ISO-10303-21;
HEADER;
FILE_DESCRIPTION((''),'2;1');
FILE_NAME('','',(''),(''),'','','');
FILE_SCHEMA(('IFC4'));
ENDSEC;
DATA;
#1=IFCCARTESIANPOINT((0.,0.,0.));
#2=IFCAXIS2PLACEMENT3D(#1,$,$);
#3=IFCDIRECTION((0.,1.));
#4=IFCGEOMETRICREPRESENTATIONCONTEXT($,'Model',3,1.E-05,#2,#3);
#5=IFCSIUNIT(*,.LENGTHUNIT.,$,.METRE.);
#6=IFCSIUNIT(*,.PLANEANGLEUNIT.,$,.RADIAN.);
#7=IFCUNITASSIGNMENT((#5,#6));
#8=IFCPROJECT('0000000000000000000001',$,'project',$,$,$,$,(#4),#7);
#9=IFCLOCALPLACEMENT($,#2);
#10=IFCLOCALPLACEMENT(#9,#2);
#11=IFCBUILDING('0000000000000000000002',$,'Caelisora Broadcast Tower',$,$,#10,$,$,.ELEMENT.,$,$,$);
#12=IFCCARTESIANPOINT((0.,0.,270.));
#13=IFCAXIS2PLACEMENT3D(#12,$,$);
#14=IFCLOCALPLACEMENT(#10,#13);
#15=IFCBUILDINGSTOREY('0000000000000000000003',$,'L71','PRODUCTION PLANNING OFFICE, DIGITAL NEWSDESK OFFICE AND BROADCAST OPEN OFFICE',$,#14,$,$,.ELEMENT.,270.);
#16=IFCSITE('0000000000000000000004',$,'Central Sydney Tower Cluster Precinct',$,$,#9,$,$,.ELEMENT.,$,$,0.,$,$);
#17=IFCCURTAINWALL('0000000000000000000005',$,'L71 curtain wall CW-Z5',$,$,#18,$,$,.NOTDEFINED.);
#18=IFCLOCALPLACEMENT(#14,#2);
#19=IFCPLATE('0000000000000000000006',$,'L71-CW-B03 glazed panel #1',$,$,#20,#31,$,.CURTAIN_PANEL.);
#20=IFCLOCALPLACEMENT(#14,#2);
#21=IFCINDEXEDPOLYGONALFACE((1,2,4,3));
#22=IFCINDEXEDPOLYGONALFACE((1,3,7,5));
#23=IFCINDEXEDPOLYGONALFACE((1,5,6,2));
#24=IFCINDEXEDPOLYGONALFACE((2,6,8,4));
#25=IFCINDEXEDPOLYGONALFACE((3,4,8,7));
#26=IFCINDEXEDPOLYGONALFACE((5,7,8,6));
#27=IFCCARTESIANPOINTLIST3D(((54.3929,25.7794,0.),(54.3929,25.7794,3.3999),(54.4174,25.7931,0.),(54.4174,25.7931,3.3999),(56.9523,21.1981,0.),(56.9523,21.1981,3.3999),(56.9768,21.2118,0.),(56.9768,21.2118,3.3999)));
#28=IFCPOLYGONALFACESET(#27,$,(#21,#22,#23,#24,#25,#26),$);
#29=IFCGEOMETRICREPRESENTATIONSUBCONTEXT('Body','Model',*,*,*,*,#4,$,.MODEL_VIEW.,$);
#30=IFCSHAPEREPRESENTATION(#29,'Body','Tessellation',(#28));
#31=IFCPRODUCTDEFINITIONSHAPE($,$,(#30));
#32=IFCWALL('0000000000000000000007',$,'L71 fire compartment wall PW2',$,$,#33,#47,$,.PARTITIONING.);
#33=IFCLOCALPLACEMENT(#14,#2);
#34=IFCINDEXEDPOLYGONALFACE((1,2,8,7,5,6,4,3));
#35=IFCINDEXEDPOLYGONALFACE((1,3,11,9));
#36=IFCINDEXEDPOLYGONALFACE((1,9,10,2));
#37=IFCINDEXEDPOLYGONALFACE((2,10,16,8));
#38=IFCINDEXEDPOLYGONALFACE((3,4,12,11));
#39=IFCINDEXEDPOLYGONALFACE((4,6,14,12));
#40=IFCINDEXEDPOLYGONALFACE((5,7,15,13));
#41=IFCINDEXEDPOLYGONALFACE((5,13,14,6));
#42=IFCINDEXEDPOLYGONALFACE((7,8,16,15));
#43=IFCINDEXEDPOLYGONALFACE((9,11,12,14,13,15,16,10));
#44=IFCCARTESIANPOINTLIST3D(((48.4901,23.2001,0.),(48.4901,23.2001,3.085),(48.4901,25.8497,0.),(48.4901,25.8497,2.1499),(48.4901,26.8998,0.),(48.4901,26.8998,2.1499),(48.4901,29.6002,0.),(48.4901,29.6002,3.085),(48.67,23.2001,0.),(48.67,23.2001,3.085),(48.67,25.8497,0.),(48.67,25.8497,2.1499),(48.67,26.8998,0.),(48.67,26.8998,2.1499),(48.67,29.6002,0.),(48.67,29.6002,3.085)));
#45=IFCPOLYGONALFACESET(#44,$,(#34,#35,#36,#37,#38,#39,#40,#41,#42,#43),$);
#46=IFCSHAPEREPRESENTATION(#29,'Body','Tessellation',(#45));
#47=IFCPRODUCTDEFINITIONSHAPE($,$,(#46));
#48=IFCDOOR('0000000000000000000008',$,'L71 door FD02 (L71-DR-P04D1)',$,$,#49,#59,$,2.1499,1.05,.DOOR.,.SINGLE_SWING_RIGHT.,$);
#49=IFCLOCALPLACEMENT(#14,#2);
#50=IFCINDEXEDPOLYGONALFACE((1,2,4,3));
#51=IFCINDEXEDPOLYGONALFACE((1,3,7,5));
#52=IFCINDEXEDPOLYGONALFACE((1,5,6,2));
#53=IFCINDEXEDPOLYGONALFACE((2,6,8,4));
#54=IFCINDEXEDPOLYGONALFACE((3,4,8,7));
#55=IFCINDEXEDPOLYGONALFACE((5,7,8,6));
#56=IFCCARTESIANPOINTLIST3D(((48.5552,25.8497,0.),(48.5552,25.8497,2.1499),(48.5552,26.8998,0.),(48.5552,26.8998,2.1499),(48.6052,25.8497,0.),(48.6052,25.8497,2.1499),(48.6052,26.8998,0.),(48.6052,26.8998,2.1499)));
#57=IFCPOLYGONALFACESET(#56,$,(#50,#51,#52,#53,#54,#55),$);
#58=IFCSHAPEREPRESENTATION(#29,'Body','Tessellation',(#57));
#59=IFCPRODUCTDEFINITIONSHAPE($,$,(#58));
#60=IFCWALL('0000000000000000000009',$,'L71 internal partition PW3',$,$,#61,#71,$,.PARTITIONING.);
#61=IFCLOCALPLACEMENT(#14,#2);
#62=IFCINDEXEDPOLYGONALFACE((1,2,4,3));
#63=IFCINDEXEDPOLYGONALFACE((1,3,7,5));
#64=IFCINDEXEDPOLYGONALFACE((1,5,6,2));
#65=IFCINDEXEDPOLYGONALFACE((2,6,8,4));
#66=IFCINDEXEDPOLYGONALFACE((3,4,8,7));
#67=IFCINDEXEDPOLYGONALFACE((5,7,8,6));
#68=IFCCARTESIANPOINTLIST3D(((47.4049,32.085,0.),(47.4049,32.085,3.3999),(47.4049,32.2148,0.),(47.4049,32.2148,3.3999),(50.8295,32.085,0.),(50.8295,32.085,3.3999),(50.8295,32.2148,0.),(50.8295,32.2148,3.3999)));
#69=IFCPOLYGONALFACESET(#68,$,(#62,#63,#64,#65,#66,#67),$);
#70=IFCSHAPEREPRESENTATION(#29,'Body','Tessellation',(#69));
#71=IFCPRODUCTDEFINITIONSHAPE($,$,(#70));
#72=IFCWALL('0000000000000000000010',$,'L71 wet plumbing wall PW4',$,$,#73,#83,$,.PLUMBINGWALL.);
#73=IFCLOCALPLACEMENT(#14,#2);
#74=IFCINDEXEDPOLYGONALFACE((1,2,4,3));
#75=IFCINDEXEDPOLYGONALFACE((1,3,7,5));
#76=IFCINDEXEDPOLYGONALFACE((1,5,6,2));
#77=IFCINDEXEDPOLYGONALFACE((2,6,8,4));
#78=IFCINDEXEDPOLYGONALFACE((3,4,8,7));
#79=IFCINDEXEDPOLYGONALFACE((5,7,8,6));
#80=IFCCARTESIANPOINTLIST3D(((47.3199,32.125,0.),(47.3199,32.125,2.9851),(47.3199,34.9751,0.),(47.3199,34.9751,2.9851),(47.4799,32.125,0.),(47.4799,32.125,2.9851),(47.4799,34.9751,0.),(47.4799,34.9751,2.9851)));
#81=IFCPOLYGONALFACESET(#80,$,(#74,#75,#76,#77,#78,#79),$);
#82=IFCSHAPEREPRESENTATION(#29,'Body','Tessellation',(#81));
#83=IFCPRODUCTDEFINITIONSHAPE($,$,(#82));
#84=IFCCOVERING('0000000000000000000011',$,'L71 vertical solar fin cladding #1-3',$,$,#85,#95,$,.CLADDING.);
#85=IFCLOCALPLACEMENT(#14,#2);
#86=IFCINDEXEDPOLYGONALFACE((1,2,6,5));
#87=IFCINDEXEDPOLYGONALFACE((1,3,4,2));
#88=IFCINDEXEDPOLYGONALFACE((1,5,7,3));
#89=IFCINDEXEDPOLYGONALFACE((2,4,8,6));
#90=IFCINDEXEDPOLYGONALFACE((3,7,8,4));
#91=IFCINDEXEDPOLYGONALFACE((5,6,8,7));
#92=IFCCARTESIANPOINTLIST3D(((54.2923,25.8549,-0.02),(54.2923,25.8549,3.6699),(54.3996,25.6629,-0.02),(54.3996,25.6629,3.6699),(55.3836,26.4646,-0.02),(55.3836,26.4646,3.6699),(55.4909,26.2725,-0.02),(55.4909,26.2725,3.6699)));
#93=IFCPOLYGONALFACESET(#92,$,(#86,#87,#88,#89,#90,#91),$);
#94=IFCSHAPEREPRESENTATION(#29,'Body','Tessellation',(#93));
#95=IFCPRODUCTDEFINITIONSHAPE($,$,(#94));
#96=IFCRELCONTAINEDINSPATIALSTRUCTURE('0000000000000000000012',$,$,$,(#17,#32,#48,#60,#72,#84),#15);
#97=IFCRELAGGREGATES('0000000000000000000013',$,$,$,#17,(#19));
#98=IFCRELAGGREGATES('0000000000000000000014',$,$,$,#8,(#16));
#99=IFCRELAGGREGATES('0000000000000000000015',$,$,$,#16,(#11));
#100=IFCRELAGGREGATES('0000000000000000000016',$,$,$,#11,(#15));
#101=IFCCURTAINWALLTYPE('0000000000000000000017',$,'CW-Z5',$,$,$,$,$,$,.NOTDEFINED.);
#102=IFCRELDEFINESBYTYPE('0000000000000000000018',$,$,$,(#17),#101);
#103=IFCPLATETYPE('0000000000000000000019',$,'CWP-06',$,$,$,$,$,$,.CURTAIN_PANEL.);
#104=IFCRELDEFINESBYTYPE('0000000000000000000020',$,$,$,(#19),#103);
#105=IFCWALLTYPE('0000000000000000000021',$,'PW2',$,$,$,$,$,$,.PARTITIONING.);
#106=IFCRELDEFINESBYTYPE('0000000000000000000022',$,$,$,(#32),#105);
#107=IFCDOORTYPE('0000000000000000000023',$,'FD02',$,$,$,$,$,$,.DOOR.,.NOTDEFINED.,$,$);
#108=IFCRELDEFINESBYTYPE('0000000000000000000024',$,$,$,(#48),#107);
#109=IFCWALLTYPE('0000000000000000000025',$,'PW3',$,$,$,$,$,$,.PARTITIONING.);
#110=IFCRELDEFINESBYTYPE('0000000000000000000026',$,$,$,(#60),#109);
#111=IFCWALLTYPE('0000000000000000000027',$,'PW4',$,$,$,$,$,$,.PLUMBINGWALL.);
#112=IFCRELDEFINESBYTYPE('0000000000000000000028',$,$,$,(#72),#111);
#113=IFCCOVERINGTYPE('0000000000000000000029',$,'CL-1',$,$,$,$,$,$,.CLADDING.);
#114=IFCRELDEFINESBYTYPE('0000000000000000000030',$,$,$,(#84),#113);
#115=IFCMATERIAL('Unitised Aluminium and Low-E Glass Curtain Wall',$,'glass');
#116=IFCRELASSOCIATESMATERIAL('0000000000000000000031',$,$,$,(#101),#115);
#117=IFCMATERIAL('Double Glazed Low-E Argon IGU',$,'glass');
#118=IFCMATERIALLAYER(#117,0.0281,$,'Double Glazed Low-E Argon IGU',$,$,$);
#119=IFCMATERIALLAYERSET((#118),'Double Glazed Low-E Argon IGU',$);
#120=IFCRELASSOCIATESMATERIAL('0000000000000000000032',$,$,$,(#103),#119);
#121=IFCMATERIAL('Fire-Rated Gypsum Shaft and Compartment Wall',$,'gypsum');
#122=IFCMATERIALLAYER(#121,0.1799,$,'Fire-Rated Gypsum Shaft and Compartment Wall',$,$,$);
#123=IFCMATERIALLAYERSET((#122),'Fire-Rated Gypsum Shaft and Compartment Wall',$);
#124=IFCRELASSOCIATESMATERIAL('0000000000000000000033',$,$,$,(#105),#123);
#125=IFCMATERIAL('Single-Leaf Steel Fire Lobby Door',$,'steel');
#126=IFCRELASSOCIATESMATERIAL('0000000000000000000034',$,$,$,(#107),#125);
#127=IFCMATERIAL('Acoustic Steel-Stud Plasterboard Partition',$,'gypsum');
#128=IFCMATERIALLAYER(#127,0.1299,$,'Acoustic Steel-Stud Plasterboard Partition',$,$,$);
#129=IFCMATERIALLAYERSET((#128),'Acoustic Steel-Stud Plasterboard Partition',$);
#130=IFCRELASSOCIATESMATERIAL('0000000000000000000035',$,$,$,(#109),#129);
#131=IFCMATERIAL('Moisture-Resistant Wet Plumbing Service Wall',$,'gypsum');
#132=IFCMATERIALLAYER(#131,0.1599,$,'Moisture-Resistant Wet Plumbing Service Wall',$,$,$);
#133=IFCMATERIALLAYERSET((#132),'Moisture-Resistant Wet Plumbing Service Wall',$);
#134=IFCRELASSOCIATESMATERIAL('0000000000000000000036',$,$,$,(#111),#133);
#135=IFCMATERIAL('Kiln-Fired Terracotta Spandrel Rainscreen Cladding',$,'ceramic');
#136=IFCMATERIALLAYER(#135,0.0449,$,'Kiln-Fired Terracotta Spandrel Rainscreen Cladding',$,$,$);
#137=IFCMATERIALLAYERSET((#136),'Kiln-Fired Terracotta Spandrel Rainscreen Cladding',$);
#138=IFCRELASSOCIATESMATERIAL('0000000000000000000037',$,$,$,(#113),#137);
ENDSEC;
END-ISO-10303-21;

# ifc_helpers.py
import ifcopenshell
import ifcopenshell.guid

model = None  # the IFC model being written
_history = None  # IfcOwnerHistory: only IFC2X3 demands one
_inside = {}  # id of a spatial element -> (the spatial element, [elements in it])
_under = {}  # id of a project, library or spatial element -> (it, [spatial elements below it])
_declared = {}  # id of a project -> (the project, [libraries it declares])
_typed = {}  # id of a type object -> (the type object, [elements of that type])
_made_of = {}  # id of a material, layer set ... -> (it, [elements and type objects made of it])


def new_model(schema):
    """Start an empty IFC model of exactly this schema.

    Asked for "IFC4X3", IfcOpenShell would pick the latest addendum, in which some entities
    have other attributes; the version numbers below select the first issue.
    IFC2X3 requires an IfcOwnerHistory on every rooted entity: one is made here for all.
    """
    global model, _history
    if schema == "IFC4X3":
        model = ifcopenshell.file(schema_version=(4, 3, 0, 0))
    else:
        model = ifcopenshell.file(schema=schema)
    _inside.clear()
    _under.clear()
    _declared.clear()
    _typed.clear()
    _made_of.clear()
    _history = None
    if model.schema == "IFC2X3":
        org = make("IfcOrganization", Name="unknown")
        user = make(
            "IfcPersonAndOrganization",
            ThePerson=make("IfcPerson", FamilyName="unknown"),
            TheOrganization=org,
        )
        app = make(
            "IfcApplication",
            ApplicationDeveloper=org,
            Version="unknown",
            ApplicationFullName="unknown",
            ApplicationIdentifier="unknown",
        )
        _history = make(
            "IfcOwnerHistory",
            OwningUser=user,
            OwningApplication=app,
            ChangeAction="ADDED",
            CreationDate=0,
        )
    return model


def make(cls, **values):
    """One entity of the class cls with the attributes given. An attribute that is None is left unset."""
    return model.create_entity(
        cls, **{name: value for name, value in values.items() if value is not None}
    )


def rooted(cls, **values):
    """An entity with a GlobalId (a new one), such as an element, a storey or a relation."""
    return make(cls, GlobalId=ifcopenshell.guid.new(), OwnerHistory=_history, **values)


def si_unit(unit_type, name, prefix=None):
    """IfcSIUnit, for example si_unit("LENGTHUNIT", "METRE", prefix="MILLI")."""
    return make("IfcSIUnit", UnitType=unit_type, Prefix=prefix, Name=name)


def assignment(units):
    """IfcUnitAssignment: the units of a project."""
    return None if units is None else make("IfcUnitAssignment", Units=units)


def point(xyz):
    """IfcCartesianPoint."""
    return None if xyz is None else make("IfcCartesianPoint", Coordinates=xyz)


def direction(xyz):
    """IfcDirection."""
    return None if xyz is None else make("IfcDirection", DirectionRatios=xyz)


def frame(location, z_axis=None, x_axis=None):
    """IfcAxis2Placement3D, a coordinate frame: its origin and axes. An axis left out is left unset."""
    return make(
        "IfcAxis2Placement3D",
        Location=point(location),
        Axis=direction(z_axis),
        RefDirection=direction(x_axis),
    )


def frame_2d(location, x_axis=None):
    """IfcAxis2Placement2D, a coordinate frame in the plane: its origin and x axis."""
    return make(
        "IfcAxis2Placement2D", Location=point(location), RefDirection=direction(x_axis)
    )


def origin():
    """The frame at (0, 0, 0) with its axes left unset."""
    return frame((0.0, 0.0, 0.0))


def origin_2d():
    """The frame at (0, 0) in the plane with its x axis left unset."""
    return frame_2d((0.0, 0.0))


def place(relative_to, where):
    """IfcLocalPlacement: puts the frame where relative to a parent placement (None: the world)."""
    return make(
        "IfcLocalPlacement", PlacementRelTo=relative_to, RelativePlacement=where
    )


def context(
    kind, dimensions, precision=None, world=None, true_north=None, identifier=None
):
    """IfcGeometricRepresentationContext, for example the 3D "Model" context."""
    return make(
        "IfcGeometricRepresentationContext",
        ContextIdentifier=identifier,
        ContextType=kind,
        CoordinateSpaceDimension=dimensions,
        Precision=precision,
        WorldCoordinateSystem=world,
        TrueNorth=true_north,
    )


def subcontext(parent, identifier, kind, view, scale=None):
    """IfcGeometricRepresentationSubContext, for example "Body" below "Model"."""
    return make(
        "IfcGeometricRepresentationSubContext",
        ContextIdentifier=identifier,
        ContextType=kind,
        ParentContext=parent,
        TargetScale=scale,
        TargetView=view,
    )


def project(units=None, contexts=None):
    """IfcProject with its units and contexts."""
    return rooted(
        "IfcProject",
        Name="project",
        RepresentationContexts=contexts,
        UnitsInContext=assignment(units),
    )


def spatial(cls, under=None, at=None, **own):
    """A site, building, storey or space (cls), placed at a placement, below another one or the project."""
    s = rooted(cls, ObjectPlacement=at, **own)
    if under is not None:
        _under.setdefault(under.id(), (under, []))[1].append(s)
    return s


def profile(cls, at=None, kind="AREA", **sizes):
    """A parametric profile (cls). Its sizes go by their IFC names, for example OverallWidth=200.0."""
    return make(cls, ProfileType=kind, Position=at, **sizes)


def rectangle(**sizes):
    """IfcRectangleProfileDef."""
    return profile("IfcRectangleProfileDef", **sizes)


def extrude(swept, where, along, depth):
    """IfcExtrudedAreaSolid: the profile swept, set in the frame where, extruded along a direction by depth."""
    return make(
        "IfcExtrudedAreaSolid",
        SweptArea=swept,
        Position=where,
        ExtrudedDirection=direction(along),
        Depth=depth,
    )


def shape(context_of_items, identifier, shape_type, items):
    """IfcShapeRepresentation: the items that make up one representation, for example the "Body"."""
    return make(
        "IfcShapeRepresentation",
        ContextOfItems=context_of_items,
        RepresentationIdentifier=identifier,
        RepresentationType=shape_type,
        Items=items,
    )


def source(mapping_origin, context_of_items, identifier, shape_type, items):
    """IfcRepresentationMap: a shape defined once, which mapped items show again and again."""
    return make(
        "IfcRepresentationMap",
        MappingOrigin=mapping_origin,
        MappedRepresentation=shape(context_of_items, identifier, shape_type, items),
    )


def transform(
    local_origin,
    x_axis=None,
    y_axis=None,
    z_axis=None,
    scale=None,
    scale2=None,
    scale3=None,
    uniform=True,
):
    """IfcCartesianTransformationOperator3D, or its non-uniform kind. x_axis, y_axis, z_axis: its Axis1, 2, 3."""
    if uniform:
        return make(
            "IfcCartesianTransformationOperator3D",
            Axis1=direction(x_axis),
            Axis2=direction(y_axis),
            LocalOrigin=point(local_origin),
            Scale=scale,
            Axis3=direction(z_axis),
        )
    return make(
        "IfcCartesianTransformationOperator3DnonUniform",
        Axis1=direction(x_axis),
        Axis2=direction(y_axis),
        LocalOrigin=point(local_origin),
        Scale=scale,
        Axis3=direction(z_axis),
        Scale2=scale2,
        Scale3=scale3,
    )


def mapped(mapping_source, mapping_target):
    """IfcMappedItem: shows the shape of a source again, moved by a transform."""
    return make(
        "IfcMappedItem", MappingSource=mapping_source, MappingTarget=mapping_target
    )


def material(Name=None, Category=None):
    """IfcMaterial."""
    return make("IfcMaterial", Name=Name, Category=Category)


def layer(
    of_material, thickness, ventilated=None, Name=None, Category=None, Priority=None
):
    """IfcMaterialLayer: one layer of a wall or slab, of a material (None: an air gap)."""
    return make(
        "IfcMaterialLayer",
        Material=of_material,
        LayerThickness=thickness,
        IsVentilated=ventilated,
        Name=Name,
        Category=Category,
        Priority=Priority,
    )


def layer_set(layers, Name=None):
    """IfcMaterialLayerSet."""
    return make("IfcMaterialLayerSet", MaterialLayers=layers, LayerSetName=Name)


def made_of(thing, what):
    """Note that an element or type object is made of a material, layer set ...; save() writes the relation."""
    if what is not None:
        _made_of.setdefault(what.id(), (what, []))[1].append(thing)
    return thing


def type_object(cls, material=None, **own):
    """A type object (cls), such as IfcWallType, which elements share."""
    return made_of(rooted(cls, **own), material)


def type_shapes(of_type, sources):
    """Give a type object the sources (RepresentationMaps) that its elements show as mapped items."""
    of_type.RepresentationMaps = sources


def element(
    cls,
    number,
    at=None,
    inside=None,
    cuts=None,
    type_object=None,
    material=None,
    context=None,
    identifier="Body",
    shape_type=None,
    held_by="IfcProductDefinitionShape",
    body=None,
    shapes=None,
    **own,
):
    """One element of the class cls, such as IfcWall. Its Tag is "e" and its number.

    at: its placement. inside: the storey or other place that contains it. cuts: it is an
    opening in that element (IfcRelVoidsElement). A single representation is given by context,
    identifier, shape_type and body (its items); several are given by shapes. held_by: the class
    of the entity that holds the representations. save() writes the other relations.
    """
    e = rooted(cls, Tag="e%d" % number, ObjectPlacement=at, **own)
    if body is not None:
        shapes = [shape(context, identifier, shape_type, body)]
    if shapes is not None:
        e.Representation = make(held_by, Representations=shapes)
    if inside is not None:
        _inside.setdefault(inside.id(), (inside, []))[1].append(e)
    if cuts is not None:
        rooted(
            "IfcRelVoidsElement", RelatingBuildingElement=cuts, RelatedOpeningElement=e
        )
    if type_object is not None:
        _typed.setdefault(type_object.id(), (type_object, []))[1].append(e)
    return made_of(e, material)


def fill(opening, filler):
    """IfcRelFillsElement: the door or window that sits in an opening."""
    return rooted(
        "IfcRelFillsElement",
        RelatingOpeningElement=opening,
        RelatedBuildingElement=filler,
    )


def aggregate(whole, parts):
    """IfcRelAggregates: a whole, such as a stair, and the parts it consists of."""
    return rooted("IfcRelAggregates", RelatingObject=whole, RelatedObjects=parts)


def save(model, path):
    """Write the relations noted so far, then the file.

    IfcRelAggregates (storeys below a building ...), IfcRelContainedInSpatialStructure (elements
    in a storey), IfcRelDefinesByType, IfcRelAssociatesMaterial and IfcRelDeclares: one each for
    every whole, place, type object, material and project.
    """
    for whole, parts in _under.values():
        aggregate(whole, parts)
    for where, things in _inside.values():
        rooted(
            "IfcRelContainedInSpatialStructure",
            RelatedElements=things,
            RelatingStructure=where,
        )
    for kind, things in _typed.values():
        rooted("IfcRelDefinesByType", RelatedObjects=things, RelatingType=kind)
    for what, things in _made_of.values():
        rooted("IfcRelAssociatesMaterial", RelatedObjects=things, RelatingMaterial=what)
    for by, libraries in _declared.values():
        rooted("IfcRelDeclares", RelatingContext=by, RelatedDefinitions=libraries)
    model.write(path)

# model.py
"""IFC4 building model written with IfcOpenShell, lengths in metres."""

from ifc_helpers import new_model, si_unit, direction, frame, frame_2d, origin, origin_2d, place, context, subcontext, project, spatial, rectangle, extrude, source, transform, mapped, material, layer, layer_set, type_object, type_shapes, element, fill, aggregate, save


model = new_model("IFC4")

# Units and contexts
model_context = context("Model", 3, precision=1e-05, world=origin(), true_north=direction((0.0, 1.0)))
body_context = subcontext(model_context, "Body", "Model", "MODEL_VIEW")
ifc_project = project(units=[si_unit("LENGTHUNIT", "METRE"), si_unit("PLANEANGLEUNIT", "RADIAN")], contexts=[model_context])

# Site, building, storey
site_placement = place(None, origin())
site = spatial("IfcSite", under=ifc_project, at=site_placement, Name="Central Sydney Tower Cluster Precinct", CompositionType="ELEMENT", RefElevation=0.0)
building_placement = place(site_placement, origin())
building = spatial("IfcBuilding", under=site, at=building_placement, Name="Caelisora Broadcast Tower", CompositionType="ELEMENT")
storey_placement = place(building_placement, frame((0.0, 0.0, 270.0)))
storey = spatial("IfcBuildingStorey", under=building, at=storey_placement, Name="L71", Description="PRODUCTION PLANNING OFFICE, DIGITAL NEWSDESK OFFICE AND BROADCAST OPEN OFFICE", CompositionType="ELEMENT", Elevation=270.0)

# Curtain wall
ifc_material_1 = material(Name="Unitised Aluminium and Low-E Glass Curtain Wall", Category="glass")
curtain_wall_type_1 = type_object("IfcCurtainWallType", Name="CW-Z5", PredefinedType="NOTDEFINED", material=ifc_material_1)
curtain_wall_1_placement = place(storey_placement, origin())
curtain_wall_1 = element("IfcCurtainWall", 1, at=curtain_wall_1_placement, inside=storey, type_object=curtain_wall_type_1, Name="L71 curtain wall CW-Z5", PredefinedType="NOTDEFINED")

# Plate
ifc_material_2 = material(Name="Double Glazed Low-E Argon IGU", Category="glass")
ifc_layer_1 = layer(ifc_material_2, 0.0281, Name="Double Glazed Low-E Argon IGU")
ifc_layer_set_1 = layer_set([ifc_layer_1], Name="Double Glazed Low-E Argon IGU")
plate_type_1 = type_object("IfcPlateType", Name="CWP-06", PredefinedType="CURTAIN_PANEL", material=ifc_layer_set_1)
shared_shape_1 = source(origin(), body_context, "Body", "SweptSolid", [
    extrude(rectangle(XDim=5.2478, YDim=0.0281, at=origin_2d()), origin(), (0.0, 0.0, 1.0), 3.3999),
])
type_shapes(plate_type_1, [shared_shape_1])
plate_1_placement = place(storey_placement, frame((55.6848, 23.4956, 0.0), z_axis=(0.0, 0.0, 1.0), x_axis=(0.487707, -0.873007, 0.0)))
plate_1 = element("IfcPlate", 2, at=plate_1_placement, type_object=plate_type_1, Name="L71-CW-B03 glazed panel #1", PredefinedType="CURTAIN_PANEL", context=body_context, shape_type="MappedRepresentation", body=[
    mapped(shared_shape_1, transform((0.0, 0.0, 0.0), scale=1.0)),
])
aggregate(curtain_wall_1, [plate_1])

# Wall, opening, door
ifc_material_3 = material(Name="Fire-Rated Gypsum Shaft and Compartment Wall", Category="gypsum")
ifc_layer_2 = layer(ifc_material_3, 0.1799, Name="Fire-Rated Gypsum Shaft and Compartment Wall")
ifc_layer_set_2 = layer_set([ifc_layer_2], Name="Fire-Rated Gypsum Shaft and Compartment Wall")
wall_type_1 = type_object("IfcWallType", Name="PW2", PredefinedType="PARTITIONING", material=ifc_layer_set_2)
wall_1_placement = place(storey_placement, frame((48.5801, 23.2, 0.0), z_axis=(0.0, 0.0, 1.0), x_axis=(0.0, 1.0, 0.0)))
wall_1 = element("IfcWall", 3, at=wall_1_placement, inside=storey, type_object=wall_type_1, Name="L71 fire compartment wall PW2", PredefinedType="PARTITIONING", context=body_context, shape_type="SweptSolid", body=[
    extrude(rectangle(XDim=6.4001, YDim=0.1799, at=frame_2d((3.2002, 0.0))), origin(), (0.0, 0.0, 1.0), 3.085),
])
opening_placement = place(wall_1_placement, frame((2.6499, 0.0, 0.0)))
opening = element("IfcOpeningElement", 4, at=opening_placement, cuts=wall_1, PredefinedType="OPENING", context=body_context, shape_type="SweptSolid", body=[
    extrude(rectangle(XDim=1.05, YDim=2.1499, at=frame_2d((0.5249, 1.075))), frame((0.0, 0.1021, 0.0), z_axis=(0.0, -1.0, 0.0), x_axis=(1.0, 0.0, 0.0)), (0.0, 0.0, 1.0), 0.2039),
])
ifc_material_4 = material(Name="Single-Leaf Steel Fire Lobby Door", Category="steel")
door_type = type_object("IfcDoorType", Name="FD02", OperationType="NOTDEFINED", PredefinedType="DOOR", material=ifc_material_4)
door_placement = place(opening_placement, origin())
door = element("IfcDoor", 5, at=door_placement, inside=storey, type_object=door_type, Name="L71 door FD02 (L71-DR-P04D1)", OperationType="SINGLE_SWING_RIGHT", OverallHeight=2.1499, OverallWidth=1.05, PredefinedType="DOOR", context=body_context, shape_type="SweptSolid", body=[
    extrude(rectangle(XDim=1.05, YDim=2.1499, at=frame_2d((0.5249, 1.075))), frame((0.0, 0.0249, 0.0), z_axis=(0.0, -1.0, 0.0), x_axis=(1.0, 0.0, 0.0)), (0.0, 0.0, 1.0), 0.05),
])
fill(opening, door)

# Walls
ifc_material_5 = material(Name="Acoustic Steel-Stud Plasterboard Partition", Category="gypsum")
ifc_layer_3 = layer(ifc_material_5, 0.1299, Name="Acoustic Steel-Stud Plasterboard Partition")
ifc_layer_set_3 = layer_set([ifc_layer_3], Name="Acoustic Steel-Stud Plasterboard Partition")
wall_type_2 = type_object("IfcWallType", Name="PW3", PredefinedType="PARTITIONING", material=ifc_layer_set_3)
wall_2_placement = place(storey_placement, frame((50.8296, 32.1499, 0.0), z_axis=(0.0, 0.0, 1.0), x_axis=(-1.0, 0.0, 0.0)))
element("IfcWall", 6, at=wall_2_placement, inside=storey, type_object=wall_type_2, Name="L71 internal partition PW3", PredefinedType="PARTITIONING", context=body_context, shape_type="SweptSolid", body=[
    extrude(rectangle(XDim=3.4246, YDim=0.1299, at=frame_2d((1.7124, 0.0))), origin(), (0.0, 0.0, 1.0), 3.3999),
])
ifc_material_6 = material(Name="Moisture-Resistant Wet Plumbing Service Wall", Category="gypsum")
ifc_layer_4 = layer(ifc_material_6, 0.1599, Name="Moisture-Resistant Wet Plumbing Service Wall")
ifc_layer_set_4 = layer_set([ifc_layer_4], Name="Moisture-Resistant Wet Plumbing Service Wall")
wall_type_3 = type_object("IfcWallType", Name="PW4", PredefinedType="PLUMBINGWALL", material=ifc_layer_set_4)
wall_3_placement = place(storey_placement, frame((47.3999, 32.125, 0.0), z_axis=(0.0, 0.0, 1.0), x_axis=(0.0, 1.0, 0.0)))
element("IfcWall", 7, at=wall_3_placement, inside=storey, type_object=wall_type_3, Name="L71 wet plumbing wall PW4", PredefinedType="PLUMBINGWALL", context=body_context, shape_type="SweptSolid", body=[
    extrude(rectangle(XDim=2.8501, YDim=0.1599, at=frame_2d((1.425, 0.0))), origin(), (0.0, 0.0, 1.0), 2.9851),
])

# Covering
ifc_material_7 = material(Name="Kiln-Fired Terracotta Spandrel Rainscreen Cladding", Category="ceramic")
ifc_layer_5 = layer(ifc_material_7, 0.0449, Name="Kiln-Fired Terracotta Spandrel Rainscreen Cladding")
ifc_layer_set_5 = layer_set([ifc_layer_5], Name="Kiln-Fired Terracotta Spandrel Rainscreen Cladding")
covering_type = type_object("IfcCoveringType", Name="CL-1", PredefinedType="CLADDING", material=ifc_layer_set_5)
shared_shape_2 = source(origin(), body_context, "Body", "SweptSolid", [
    extrude(rectangle(XDim=0.22, YDim=1.25, at=origin_2d()), origin(), (0.0, 0.0, 1.0), 3.6899),
])
type_shapes(covering_type, [shared_shape_2])
covering_placement = place(storey_placement, frame((54.8916, 26.0637, -0.02), z_axis=(0.0, 0.0, 1.0), x_axis=(0.487707, -0.873007, 0.0)))
element("IfcCovering", 8, at=covering_placement, inside=storey, type_object=covering_type, Name="L71 vertical solar fin cladding #1-3", PredefinedType="CLADDING", context=body_context, shape_type="MappedRepresentation", body=[
    mapped(shared_shape_2, transform((0.0, 0.0, 0.0), scale=1.0)),
])

save(model, "model.ifc")
